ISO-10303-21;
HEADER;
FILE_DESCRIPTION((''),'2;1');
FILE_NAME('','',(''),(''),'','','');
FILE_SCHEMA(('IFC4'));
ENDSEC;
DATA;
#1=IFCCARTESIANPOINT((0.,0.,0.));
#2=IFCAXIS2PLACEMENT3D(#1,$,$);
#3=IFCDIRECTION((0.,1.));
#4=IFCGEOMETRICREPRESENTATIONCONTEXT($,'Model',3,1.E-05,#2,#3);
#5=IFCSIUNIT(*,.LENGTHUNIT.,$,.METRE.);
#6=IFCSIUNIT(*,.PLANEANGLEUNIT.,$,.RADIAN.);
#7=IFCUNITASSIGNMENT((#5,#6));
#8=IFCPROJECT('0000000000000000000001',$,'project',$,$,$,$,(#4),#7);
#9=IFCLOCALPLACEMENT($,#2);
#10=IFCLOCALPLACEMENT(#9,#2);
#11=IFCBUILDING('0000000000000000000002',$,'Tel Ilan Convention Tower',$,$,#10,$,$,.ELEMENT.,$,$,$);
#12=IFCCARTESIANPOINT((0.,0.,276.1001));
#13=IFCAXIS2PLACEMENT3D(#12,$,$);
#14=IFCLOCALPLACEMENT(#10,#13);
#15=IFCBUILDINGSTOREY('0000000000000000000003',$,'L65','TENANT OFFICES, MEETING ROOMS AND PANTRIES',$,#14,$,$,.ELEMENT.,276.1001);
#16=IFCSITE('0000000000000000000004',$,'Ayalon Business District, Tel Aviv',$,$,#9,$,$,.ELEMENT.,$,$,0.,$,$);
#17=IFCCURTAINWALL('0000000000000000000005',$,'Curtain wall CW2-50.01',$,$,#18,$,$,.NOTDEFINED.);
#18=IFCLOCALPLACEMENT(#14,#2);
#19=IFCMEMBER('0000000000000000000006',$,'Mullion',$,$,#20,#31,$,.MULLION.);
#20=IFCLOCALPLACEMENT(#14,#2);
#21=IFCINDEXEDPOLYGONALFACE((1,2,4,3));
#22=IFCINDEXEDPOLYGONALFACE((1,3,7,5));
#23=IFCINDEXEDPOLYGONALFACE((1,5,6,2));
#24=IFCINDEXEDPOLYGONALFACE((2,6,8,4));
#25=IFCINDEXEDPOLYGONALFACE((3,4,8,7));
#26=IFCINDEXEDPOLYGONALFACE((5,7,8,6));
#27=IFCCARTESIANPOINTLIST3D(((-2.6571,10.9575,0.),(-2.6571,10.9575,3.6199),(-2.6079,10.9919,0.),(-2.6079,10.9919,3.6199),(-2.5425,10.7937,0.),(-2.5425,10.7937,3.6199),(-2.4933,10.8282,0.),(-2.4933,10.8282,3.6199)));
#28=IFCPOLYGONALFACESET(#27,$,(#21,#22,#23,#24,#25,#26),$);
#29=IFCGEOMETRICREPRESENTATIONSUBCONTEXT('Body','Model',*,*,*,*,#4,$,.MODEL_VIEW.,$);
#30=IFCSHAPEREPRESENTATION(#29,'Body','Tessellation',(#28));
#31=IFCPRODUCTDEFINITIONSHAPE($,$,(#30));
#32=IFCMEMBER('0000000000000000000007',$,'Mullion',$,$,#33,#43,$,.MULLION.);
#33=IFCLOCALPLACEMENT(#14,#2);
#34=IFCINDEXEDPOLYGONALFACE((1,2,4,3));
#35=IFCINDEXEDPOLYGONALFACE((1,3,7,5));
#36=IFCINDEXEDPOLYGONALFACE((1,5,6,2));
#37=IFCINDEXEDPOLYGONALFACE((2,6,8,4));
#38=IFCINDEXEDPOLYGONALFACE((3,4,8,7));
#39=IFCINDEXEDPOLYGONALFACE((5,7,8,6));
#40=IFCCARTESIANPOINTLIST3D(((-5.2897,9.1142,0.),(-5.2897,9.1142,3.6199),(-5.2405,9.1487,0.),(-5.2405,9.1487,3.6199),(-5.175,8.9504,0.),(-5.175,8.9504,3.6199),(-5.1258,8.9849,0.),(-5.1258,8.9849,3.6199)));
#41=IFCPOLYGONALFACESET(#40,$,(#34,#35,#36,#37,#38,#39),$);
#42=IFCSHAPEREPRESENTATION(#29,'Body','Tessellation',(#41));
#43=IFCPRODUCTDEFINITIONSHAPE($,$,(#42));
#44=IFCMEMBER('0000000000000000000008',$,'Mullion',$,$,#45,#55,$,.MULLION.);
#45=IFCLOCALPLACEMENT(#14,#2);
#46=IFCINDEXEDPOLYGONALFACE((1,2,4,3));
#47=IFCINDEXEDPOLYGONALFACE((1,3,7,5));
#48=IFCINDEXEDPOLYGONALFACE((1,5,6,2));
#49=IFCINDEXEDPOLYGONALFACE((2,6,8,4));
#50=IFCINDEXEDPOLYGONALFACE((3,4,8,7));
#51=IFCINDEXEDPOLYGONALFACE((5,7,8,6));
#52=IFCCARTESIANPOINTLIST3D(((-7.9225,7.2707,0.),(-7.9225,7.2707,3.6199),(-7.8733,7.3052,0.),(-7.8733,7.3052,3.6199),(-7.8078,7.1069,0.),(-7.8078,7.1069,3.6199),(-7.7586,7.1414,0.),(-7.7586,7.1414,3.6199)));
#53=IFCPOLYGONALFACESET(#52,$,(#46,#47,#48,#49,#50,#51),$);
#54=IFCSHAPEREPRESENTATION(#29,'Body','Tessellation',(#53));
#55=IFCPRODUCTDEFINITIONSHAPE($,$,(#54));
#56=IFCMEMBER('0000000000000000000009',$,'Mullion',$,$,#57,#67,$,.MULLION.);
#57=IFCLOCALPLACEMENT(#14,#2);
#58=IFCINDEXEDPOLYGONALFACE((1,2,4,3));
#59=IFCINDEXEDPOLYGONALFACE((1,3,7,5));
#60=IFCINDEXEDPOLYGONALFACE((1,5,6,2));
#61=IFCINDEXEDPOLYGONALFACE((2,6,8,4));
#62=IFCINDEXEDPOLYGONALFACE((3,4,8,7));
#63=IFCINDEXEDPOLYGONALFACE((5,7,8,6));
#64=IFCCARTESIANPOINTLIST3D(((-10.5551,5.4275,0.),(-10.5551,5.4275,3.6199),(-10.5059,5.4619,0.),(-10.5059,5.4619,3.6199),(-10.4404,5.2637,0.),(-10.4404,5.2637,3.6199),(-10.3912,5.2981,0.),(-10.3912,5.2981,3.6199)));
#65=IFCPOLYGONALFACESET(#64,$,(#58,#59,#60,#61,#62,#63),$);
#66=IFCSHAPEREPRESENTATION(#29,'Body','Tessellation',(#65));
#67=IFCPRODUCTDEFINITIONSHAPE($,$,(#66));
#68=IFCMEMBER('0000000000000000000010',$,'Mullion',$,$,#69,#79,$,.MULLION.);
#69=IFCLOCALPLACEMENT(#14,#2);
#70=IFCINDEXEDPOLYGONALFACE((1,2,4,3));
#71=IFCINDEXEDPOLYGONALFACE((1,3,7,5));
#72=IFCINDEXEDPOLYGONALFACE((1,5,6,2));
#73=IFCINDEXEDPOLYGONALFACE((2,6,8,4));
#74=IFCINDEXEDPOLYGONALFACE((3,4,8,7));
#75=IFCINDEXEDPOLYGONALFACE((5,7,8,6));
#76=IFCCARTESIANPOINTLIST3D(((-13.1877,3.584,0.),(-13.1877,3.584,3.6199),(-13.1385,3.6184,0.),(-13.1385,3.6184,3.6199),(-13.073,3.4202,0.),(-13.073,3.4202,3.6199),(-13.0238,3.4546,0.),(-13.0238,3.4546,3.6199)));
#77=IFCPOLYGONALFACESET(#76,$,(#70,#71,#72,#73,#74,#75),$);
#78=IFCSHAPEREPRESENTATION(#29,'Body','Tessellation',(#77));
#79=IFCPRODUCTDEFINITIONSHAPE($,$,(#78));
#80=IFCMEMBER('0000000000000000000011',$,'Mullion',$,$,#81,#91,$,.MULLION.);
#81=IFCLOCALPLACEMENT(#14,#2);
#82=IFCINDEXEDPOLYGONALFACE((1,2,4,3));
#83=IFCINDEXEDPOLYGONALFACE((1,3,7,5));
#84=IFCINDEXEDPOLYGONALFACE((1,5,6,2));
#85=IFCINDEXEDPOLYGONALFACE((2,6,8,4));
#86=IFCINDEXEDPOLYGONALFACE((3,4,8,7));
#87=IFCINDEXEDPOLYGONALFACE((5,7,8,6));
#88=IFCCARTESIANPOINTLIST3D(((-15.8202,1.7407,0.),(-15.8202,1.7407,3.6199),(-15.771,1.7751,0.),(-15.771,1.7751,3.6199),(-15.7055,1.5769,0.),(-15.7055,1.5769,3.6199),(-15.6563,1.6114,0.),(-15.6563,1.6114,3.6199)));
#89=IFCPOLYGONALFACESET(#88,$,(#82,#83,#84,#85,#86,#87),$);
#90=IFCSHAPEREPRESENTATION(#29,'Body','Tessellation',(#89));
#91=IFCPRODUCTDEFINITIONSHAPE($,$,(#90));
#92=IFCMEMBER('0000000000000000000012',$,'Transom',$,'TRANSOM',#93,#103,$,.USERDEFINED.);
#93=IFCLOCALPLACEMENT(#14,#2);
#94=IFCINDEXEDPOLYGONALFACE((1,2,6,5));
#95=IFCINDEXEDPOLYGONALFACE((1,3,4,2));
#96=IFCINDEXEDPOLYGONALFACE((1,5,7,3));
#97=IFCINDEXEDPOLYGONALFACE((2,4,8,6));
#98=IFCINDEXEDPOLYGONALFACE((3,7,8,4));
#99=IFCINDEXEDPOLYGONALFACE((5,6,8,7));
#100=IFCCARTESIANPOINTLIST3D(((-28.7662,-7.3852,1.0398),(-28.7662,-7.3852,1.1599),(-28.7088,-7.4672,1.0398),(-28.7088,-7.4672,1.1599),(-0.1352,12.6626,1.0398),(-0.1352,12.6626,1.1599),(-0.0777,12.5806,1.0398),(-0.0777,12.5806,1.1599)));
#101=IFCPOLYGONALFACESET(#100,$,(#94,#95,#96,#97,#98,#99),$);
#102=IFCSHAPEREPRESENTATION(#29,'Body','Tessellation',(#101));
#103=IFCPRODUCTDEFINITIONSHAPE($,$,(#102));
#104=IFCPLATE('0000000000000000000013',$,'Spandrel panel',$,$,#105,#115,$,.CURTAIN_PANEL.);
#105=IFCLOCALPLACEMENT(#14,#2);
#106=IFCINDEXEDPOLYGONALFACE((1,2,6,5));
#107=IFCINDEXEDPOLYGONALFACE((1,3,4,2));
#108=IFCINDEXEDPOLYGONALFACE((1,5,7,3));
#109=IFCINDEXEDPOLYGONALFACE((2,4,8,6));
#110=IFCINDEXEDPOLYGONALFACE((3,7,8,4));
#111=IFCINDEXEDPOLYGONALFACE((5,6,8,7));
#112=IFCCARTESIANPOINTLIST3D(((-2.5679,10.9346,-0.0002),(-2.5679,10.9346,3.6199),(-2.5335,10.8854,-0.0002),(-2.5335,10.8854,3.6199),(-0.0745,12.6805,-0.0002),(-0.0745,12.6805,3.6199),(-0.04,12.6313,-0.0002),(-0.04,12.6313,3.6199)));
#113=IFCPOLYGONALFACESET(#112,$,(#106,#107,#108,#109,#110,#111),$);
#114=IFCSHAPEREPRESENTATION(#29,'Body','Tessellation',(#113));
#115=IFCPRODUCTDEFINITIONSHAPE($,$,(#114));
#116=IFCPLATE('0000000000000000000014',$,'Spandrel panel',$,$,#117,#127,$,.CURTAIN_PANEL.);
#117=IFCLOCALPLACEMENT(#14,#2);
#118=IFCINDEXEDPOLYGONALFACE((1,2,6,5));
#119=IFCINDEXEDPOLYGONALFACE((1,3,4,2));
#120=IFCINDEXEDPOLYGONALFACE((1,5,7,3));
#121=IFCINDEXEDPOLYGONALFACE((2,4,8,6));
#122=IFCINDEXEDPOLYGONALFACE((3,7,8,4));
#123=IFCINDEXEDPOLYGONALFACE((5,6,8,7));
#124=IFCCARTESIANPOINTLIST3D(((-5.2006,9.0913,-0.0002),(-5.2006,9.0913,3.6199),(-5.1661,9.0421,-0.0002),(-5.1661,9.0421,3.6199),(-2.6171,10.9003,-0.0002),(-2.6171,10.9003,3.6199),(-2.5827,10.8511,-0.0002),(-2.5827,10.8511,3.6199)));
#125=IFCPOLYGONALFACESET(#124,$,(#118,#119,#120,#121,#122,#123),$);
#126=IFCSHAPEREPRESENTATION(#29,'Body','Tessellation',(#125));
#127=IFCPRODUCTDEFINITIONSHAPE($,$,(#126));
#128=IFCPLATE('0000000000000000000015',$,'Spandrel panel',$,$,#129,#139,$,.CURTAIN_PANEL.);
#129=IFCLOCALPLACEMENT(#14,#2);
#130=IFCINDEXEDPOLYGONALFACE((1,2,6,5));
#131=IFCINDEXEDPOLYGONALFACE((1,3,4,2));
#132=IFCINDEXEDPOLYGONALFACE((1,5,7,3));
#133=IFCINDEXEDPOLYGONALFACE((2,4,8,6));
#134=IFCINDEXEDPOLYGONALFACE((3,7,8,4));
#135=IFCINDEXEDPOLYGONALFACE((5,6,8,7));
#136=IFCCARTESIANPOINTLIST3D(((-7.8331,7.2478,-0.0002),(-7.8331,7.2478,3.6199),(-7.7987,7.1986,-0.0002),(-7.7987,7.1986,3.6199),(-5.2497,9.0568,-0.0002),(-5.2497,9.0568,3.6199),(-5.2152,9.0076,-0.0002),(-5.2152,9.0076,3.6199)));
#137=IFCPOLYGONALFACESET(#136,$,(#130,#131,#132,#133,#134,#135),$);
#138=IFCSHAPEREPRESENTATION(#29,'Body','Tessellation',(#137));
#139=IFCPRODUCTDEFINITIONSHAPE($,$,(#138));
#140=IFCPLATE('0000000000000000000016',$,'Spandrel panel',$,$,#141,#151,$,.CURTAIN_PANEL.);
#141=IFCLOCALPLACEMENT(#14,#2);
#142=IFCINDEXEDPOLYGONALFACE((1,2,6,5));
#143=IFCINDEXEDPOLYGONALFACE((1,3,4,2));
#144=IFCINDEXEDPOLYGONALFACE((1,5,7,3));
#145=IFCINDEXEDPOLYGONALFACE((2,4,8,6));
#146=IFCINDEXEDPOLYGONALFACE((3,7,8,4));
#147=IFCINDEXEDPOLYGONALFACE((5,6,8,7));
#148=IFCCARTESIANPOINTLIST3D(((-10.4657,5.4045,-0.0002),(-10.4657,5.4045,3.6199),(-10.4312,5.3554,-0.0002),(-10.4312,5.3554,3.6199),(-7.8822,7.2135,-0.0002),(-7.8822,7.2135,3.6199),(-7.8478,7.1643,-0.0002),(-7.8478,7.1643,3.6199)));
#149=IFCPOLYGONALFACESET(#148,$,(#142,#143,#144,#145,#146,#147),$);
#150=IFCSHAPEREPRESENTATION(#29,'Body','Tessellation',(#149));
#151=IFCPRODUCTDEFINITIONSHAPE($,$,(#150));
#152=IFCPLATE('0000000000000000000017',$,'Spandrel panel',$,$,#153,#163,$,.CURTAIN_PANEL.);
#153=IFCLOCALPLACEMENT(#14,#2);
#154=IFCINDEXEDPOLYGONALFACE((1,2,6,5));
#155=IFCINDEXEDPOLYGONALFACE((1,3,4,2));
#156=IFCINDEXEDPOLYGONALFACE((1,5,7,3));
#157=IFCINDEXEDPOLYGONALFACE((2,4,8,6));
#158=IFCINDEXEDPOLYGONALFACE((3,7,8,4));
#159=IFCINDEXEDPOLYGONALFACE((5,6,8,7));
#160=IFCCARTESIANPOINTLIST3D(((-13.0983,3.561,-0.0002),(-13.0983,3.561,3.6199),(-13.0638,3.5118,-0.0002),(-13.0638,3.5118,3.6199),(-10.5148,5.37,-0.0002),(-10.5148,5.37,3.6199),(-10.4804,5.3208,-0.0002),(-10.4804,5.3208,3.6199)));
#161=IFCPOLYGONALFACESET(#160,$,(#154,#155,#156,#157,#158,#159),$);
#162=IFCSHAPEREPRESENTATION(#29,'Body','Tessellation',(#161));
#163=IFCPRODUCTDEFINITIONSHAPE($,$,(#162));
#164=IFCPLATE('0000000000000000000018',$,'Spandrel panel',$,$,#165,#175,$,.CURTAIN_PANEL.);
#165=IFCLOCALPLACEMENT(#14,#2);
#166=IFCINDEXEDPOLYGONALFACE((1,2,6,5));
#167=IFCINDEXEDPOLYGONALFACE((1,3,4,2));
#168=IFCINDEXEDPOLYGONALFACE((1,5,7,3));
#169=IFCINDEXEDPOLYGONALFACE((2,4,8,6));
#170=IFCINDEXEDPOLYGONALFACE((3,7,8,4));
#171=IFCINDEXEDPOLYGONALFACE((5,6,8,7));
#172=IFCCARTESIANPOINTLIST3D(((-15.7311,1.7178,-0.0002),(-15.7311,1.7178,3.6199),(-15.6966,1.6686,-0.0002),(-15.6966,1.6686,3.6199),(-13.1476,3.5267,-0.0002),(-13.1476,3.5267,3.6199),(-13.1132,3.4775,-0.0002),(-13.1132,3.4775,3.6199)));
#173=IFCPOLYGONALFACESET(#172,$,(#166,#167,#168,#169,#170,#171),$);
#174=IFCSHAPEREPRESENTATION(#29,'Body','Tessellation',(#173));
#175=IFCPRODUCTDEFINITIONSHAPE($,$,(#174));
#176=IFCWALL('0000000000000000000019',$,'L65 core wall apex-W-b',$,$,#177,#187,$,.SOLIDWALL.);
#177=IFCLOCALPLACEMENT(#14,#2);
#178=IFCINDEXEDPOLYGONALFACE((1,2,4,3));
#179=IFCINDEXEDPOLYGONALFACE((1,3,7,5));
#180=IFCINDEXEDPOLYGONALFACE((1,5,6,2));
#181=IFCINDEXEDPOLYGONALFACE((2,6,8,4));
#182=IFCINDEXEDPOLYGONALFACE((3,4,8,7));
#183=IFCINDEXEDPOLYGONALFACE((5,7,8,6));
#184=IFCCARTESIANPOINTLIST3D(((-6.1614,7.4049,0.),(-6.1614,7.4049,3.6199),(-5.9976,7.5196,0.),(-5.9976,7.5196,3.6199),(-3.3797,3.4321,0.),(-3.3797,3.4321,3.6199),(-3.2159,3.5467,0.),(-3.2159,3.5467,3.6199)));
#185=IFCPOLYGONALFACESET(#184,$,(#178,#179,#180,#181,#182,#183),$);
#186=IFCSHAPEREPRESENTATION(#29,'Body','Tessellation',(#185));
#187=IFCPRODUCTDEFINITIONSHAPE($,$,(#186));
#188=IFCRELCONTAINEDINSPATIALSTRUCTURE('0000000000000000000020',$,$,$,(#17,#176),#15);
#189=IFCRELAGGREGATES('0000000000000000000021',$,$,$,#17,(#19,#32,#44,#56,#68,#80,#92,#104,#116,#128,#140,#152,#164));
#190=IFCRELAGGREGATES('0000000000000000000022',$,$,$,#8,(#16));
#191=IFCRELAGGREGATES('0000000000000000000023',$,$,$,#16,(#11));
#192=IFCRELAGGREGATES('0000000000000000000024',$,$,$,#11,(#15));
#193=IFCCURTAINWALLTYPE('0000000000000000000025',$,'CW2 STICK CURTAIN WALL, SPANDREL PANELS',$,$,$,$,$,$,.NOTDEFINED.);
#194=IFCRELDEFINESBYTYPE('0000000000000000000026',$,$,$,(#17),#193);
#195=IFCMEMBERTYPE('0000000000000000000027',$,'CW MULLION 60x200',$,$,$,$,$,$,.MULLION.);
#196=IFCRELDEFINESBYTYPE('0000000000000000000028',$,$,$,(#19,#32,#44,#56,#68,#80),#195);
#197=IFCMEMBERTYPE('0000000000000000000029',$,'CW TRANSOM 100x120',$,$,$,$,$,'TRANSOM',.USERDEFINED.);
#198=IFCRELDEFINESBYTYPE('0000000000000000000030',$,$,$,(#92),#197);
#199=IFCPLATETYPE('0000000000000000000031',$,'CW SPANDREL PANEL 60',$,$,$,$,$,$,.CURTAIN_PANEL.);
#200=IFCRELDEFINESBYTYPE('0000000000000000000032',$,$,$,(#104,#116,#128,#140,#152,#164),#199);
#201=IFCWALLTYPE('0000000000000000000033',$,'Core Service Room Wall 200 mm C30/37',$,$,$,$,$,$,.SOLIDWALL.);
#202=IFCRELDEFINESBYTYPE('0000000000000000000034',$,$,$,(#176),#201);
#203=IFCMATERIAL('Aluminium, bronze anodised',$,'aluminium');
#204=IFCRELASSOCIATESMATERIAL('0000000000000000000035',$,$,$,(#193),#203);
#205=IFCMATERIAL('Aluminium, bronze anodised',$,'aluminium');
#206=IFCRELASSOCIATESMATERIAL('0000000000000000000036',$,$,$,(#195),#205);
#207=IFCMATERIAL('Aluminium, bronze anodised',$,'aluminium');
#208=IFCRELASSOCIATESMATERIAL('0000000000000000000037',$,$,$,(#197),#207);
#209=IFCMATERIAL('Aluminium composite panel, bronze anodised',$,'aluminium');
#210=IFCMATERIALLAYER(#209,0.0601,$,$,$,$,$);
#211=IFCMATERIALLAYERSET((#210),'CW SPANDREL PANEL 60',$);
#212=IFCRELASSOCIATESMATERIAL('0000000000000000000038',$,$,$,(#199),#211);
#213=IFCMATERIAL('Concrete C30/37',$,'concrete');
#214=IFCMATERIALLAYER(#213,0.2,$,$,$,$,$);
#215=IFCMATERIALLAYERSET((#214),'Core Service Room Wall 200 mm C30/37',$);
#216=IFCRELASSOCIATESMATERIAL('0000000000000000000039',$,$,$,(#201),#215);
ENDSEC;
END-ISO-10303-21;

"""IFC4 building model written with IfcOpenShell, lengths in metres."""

from ifc_helpers import new_model, si_unit, direction, frame, frame_2d, origin, origin_2d, place, context, subcontext, project, spatial, rectangle, extrude, material, layer, layer_set, material_profile, profile_set, type_object, element, aggregate, save


model = new_model("IFC4")

# Units and contexts
model_context = context("Model", 3, precision=1e-05, world=origin(), true_north=direction((0.0, 1.0)))
body_context = subcontext(model_context, "Body", "Model", "MODEL_VIEW")
ifc_project = project(units=[si_unit("LENGTHUNIT", "METRE"), si_unit("PLANEANGLEUNIT", "RADIAN")], contexts=[model_context])

# Site, building, storey
site_placement = place(None, origin())
site = spatial("IfcSite", under=ifc_project, at=site_placement, Name="Ayalon Business District, Tel Aviv", CompositionType="ELEMENT", RefElevation=0.0)
building_placement = place(site_placement, origin())
building = spatial("IfcBuilding", under=site, at=building_placement, Name="Tel Ilan Convention Tower", CompositionType="ELEMENT")
storey_placement = place(building_placement, frame((0.0, 0.0, 276.1001)))
storey = spatial("IfcBuildingStorey", under=building, at=storey_placement, Name="L65", Description="TENANT OFFICES, MEETING ROOMS AND PANTRIES", CompositionType="ELEMENT", Elevation=276.1001)

# Curtain wall, members, plates
ifc_material_1 = material(Name="Aluminium, bronze anodised", Category="aluminium")
curtain_wall_type = type_object("IfcCurtainWallType", Name="CW2 STICK CURTAIN WALL, SPANDREL PANELS", PredefinedType="NOTDEFINED", material=ifc_material_1)
curtain_wall_placement = place(storey_placement, origin())
curtain_wall = element("IfcCurtainWall", 1, at=curtain_wall_placement, inside=storey, type_object=curtain_wall_type, Name="Curtain wall CW2-50.01", PredefinedType="NOTDEFINED")
ifc_material_2 = material(Name="Aluminium, bronze anodised", Category="aluminium")
ifc_material_profile_1 = material_profile(ifc_material_2, rectangle(XDim=0.0601, YDim=0.2, at=origin_2d()), Name="CW MULLION 60x200")
ifc_profile_set_1 = profile_set([ifc_material_profile_1], Name="Aluminium, bronze anodised")
member_type_1 = type_object("IfcMemberType", Name="CW MULLION 60x200", PredefinedType="MULLION", material=ifc_profile_set_1)
member_1_placement = place(storey_placement, frame((-2.5752, 10.8928, 0.0), z_axis=(0.0, 0.0, 1.0), x_axis=(-0.819152, -0.573576, 0.0)))
member_1 = element("IfcMember", 2, at=member_1_placement, type_object=member_type_1, Name="Mullion", PredefinedType="MULLION", context=body_context, shape_type="SweptSolid", body=[
    extrude(rectangle(XDim=0.0601, YDim=0.2, at=origin_2d()), origin(), (0.0, 0.0, 1.0), 3.6199),
])
member_2_placement = place(storey_placement, frame((-5.2078, 9.0496, 0.0), z_axis=(0.0, 0.0, 1.0), x_axis=(-0.819152, -0.573576, 0.0)))
member_2 = element("IfcMember", 3, at=member_2_placement, type_object=member_type_1, Name="Mullion", PredefinedType="MULLION", context=body_context, shape_type="SweptSolid", body=[
    extrude(rectangle(XDim=0.0601, YDim=0.2, at=origin_2d()), origin(), (0.0, 0.0, 1.0), 3.6199),
])
member_3_placement = place(storey_placement, frame((-7.8406, 7.2061, 0.0), z_axis=(0.0, 0.0, 1.0), x_axis=(-0.819152, -0.573576, 0.0)))
member_3 = element("IfcMember", 4, at=member_3_placement, type_object=member_type_1, Name="Mullion", PredefinedType="MULLION", context=body_context, shape_type="SweptSolid", body=[
    extrude(rectangle(XDim=0.0601, YDim=0.2, at=origin_2d()), origin(), (0.0, 0.0, 1.0), 3.6199),
])
member_4_placement = place(storey_placement, frame((-10.4731, 5.3628, 0.0), z_axis=(0.0, 0.0, 1.0), x_axis=(-0.819152, -0.573576, 0.0)))
member_4 = element("IfcMember", 5, at=member_4_placement, type_object=member_type_1, Name="Mullion", PredefinedType="MULLION", context=body_context, shape_type="SweptSolid", body=[
    extrude(rectangle(XDim=0.0601, YDim=0.2, at=origin_2d()), origin(), (0.0, 0.0, 1.0), 3.6199),
])
member_5_placement = place(storey_placement, frame((-13.1057, 3.5193, 0.0), z_axis=(0.0, 0.0, 1.0), x_axis=(-0.819152, -0.573576, 0.0)))
member_5 = element("IfcMember", 6, at=member_5_placement, type_object=member_type_1, Name="Mullion", PredefinedType="MULLION", context=body_context, shape_type="SweptSolid", body=[
    extrude(rectangle(XDim=0.0601, YDim=0.2, at=origin_2d()), origin(), (0.0, 0.0, 1.0), 3.6199),
])
member_6_placement = place(storey_placement, frame((-15.7383, 1.676, 0.0), z_axis=(0.0, 0.0, 1.0), x_axis=(-0.819152, -0.573576, 0.0)))
member_6 = element("IfcMember", 7, at=member_6_placement, type_object=member_type_1, Name="Mullion", PredefinedType="MULLION", context=body_context, shape_type="SweptSolid", body=[
    extrude(rectangle(XDim=0.0601, YDim=0.2, at=origin_2d()), origin(), (0.0, 0.0, 1.0), 3.6199),
])
ifc_material_3 = material(Name="Aluminium, bronze anodised", Category="aluminium")
ifc_material_profile_2 = material_profile(ifc_material_3, rectangle(XDim=0.1001, YDim=0.1201, at=origin_2d()), Name="CW TRANSOM 100x120")
ifc_profile_set_2 = profile_set([ifc_material_profile_2], Name="Aluminium, bronze anodised")
member_type_2 = type_object("IfcMemberType", Name="CW TRANSOM 100x120", ElementType="TRANSOM", PredefinedType="USERDEFINED", material=ifc_profile_set_2)
member_7_placement = place(storey_placement, frame((-0.1064, 12.6216, 1.0999), z_axis=(-0.81915, -0.573579, 0.0), x_axis=(0.573579, -0.81915, 0.0)))
member_7 = element("IfcMember", 8, at=member_7_placement, type_object=member_type_2, Name="Transom", ObjectType="TRANSOM", PredefinedType="USERDEFINED", context=body_context, shape_type="SweptSolid", body=[
    extrude(rectangle(XDim=0.1001, YDim=0.1201, at=origin_2d()), origin(), (0.0, 0.0, 1.0), 34.9521),
])
ifc_material_4 = material(Name="Aluminium composite panel, bronze anodised", Category="aluminium")
ifc_layer_1 = layer(ifc_material_4, 0.0601)
ifc_layer_set_1 = layer_set([ifc_layer_1], Name="CW SPANDREL PANEL 60")
plate_type = type_object("IfcPlateType", Name="CW SPANDREL PANEL 60", PredefinedType="CURTAIN_PANEL", material=ifc_layer_set_1)
plate_1_placement = place(storey_placement, frame((-1.304, 11.783, -0.0002), z_axis=(0.0, 0.0, 1.0), x_axis=(-0.819152, -0.573576, 0.0)))
plate_1 = element("IfcPlate", 9, at=plate_1_placement, type_object=plate_type, Name="Spandrel panel", PredefinedType="CURTAIN_PANEL", context=body_context, shape_type="SweptSolid", body=[
    extrude(rectangle(XDim=3.0439, YDim=0.0601, at=origin_2d()), origin(), (0.0, 0.0, 1.0), 3.6201),
])
plate_2_placement = place(storey_placement, frame((-3.8916, 9.9712, -0.0002), z_axis=(0.0, 0.0, 1.0), x_axis=(-0.819152, -0.573576, 0.0)))
plate_2 = element("IfcPlate", 10, at=plate_2_placement, type_object=plate_type, Name="Spandrel panel", PredefinedType="CURTAIN_PANEL", context=body_context, shape_type="SweptSolid", body=[
    extrude(rectangle(XDim=3.1538, YDim=0.0601, at=origin_2d()), origin(), (0.0, 0.0, 1.0), 3.6201),
])
plate_3_placement = place(storey_placement, frame((-6.5242, 8.1277, -0.0002), z_axis=(0.0, 0.0, 1.0), x_axis=(-0.819152, -0.573576, 0.0)))
plate_3 = element("IfcPlate", 11, at=plate_3_placement, type_object=plate_type, Name="Spandrel panel", PredefinedType="CURTAIN_PANEL", context=body_context, shape_type="SweptSolid", body=[
    extrude(rectangle(XDim=3.1538, YDim=0.0601, at=origin_2d()), origin(), (0.0, 0.0, 1.0), 3.6201),
])
plate_4_placement = place(storey_placement, frame((-9.1567, 6.2844, -0.0002), z_axis=(0.0, 0.0, 1.0), x_axis=(-0.819152, -0.573576, 0.0)))
plate_4 = element("IfcPlate", 12, at=plate_4_placement, type_object=plate_type, Name="Spandrel panel", PredefinedType="CURTAIN_PANEL", context=body_context, shape_type="SweptSolid", body=[
    extrude(rectangle(XDim=3.1538, YDim=0.0601, at=origin_2d()), origin(), (0.0, 0.0, 1.0), 3.6201),
])
plate_5_placement = place(storey_placement, frame((-11.7893, 4.4409, -0.0002), z_axis=(0.0, 0.0, 1.0), x_axis=(-0.819152, -0.573576, 0.0)))
plate_5 = element("IfcPlate", 13, at=plate_5_placement, type_object=plate_type, Name="Spandrel panel", PredefinedType="CURTAIN_PANEL", context=body_context, shape_type="SweptSolid", body=[
    extrude(rectangle(XDim=3.1538, YDim=0.0601, at=origin_2d()), origin(), (0.0, 0.0, 1.0), 3.6201),
])
plate_6_placement = place(storey_placement, frame((-14.4221, 2.5977, -0.0002), z_axis=(0.0, 0.0, 1.0), x_axis=(-0.819152, -0.573576, 0.0)))
plate_6 = element("IfcPlate", 14, at=plate_6_placement, type_object=plate_type, Name="Spandrel panel", PredefinedType="CURTAIN_PANEL", context=body_context, shape_type="SweptSolid", body=[
    extrude(rectangle(XDim=3.1538, YDim=0.0601, at=origin_2d()), origin(), (0.0, 0.0, 1.0), 3.6201),
])
aggregate(curtain_wall, [member_1, member_2, member_3, member_4, member_5, member_6, member_7, plate_1, plate_2, plate_3, plate_4, plate_5, plate_6])

# Wall
ifc_material_5 = material(Name="Concrete C30/37", Category="concrete")
ifc_layer_2 = layer(ifc_material_5, 0.2)
ifc_layer_set_2 = layer_set([ifc_layer_2], Name="Core Service Room Wall 200 mm C30/37")
wall_type_1 = type_object("IfcWallType", Name="Core Service Room Wall 200 mm C30/37", PredefinedType="SOLIDWALL", material=ifc_layer_set_2)
wall_1_placement = place(storey_placement, frame((-3.2979, 3.4895, 0.0), z_axis=(0.0, 0.0, 1.0), x_axis=(-0.57356, 0.819163, 0.0)))
element("IfcWall", 15, at=wall_1_placement, inside=storey, type_object=wall_type_1, Name="L65 core wall apex-W-b", PredefinedType="SOLIDWALL", context=body_context, shape_type="SweptSolid", body=[
    extrude(rectangle(XDim=4.8499, YDim=0.2, at=frame_2d((2.4248, 0.0))), origin(), (0.0, 0.0, 1.0), 3.6199),
])

save(model, "model.ifc")
